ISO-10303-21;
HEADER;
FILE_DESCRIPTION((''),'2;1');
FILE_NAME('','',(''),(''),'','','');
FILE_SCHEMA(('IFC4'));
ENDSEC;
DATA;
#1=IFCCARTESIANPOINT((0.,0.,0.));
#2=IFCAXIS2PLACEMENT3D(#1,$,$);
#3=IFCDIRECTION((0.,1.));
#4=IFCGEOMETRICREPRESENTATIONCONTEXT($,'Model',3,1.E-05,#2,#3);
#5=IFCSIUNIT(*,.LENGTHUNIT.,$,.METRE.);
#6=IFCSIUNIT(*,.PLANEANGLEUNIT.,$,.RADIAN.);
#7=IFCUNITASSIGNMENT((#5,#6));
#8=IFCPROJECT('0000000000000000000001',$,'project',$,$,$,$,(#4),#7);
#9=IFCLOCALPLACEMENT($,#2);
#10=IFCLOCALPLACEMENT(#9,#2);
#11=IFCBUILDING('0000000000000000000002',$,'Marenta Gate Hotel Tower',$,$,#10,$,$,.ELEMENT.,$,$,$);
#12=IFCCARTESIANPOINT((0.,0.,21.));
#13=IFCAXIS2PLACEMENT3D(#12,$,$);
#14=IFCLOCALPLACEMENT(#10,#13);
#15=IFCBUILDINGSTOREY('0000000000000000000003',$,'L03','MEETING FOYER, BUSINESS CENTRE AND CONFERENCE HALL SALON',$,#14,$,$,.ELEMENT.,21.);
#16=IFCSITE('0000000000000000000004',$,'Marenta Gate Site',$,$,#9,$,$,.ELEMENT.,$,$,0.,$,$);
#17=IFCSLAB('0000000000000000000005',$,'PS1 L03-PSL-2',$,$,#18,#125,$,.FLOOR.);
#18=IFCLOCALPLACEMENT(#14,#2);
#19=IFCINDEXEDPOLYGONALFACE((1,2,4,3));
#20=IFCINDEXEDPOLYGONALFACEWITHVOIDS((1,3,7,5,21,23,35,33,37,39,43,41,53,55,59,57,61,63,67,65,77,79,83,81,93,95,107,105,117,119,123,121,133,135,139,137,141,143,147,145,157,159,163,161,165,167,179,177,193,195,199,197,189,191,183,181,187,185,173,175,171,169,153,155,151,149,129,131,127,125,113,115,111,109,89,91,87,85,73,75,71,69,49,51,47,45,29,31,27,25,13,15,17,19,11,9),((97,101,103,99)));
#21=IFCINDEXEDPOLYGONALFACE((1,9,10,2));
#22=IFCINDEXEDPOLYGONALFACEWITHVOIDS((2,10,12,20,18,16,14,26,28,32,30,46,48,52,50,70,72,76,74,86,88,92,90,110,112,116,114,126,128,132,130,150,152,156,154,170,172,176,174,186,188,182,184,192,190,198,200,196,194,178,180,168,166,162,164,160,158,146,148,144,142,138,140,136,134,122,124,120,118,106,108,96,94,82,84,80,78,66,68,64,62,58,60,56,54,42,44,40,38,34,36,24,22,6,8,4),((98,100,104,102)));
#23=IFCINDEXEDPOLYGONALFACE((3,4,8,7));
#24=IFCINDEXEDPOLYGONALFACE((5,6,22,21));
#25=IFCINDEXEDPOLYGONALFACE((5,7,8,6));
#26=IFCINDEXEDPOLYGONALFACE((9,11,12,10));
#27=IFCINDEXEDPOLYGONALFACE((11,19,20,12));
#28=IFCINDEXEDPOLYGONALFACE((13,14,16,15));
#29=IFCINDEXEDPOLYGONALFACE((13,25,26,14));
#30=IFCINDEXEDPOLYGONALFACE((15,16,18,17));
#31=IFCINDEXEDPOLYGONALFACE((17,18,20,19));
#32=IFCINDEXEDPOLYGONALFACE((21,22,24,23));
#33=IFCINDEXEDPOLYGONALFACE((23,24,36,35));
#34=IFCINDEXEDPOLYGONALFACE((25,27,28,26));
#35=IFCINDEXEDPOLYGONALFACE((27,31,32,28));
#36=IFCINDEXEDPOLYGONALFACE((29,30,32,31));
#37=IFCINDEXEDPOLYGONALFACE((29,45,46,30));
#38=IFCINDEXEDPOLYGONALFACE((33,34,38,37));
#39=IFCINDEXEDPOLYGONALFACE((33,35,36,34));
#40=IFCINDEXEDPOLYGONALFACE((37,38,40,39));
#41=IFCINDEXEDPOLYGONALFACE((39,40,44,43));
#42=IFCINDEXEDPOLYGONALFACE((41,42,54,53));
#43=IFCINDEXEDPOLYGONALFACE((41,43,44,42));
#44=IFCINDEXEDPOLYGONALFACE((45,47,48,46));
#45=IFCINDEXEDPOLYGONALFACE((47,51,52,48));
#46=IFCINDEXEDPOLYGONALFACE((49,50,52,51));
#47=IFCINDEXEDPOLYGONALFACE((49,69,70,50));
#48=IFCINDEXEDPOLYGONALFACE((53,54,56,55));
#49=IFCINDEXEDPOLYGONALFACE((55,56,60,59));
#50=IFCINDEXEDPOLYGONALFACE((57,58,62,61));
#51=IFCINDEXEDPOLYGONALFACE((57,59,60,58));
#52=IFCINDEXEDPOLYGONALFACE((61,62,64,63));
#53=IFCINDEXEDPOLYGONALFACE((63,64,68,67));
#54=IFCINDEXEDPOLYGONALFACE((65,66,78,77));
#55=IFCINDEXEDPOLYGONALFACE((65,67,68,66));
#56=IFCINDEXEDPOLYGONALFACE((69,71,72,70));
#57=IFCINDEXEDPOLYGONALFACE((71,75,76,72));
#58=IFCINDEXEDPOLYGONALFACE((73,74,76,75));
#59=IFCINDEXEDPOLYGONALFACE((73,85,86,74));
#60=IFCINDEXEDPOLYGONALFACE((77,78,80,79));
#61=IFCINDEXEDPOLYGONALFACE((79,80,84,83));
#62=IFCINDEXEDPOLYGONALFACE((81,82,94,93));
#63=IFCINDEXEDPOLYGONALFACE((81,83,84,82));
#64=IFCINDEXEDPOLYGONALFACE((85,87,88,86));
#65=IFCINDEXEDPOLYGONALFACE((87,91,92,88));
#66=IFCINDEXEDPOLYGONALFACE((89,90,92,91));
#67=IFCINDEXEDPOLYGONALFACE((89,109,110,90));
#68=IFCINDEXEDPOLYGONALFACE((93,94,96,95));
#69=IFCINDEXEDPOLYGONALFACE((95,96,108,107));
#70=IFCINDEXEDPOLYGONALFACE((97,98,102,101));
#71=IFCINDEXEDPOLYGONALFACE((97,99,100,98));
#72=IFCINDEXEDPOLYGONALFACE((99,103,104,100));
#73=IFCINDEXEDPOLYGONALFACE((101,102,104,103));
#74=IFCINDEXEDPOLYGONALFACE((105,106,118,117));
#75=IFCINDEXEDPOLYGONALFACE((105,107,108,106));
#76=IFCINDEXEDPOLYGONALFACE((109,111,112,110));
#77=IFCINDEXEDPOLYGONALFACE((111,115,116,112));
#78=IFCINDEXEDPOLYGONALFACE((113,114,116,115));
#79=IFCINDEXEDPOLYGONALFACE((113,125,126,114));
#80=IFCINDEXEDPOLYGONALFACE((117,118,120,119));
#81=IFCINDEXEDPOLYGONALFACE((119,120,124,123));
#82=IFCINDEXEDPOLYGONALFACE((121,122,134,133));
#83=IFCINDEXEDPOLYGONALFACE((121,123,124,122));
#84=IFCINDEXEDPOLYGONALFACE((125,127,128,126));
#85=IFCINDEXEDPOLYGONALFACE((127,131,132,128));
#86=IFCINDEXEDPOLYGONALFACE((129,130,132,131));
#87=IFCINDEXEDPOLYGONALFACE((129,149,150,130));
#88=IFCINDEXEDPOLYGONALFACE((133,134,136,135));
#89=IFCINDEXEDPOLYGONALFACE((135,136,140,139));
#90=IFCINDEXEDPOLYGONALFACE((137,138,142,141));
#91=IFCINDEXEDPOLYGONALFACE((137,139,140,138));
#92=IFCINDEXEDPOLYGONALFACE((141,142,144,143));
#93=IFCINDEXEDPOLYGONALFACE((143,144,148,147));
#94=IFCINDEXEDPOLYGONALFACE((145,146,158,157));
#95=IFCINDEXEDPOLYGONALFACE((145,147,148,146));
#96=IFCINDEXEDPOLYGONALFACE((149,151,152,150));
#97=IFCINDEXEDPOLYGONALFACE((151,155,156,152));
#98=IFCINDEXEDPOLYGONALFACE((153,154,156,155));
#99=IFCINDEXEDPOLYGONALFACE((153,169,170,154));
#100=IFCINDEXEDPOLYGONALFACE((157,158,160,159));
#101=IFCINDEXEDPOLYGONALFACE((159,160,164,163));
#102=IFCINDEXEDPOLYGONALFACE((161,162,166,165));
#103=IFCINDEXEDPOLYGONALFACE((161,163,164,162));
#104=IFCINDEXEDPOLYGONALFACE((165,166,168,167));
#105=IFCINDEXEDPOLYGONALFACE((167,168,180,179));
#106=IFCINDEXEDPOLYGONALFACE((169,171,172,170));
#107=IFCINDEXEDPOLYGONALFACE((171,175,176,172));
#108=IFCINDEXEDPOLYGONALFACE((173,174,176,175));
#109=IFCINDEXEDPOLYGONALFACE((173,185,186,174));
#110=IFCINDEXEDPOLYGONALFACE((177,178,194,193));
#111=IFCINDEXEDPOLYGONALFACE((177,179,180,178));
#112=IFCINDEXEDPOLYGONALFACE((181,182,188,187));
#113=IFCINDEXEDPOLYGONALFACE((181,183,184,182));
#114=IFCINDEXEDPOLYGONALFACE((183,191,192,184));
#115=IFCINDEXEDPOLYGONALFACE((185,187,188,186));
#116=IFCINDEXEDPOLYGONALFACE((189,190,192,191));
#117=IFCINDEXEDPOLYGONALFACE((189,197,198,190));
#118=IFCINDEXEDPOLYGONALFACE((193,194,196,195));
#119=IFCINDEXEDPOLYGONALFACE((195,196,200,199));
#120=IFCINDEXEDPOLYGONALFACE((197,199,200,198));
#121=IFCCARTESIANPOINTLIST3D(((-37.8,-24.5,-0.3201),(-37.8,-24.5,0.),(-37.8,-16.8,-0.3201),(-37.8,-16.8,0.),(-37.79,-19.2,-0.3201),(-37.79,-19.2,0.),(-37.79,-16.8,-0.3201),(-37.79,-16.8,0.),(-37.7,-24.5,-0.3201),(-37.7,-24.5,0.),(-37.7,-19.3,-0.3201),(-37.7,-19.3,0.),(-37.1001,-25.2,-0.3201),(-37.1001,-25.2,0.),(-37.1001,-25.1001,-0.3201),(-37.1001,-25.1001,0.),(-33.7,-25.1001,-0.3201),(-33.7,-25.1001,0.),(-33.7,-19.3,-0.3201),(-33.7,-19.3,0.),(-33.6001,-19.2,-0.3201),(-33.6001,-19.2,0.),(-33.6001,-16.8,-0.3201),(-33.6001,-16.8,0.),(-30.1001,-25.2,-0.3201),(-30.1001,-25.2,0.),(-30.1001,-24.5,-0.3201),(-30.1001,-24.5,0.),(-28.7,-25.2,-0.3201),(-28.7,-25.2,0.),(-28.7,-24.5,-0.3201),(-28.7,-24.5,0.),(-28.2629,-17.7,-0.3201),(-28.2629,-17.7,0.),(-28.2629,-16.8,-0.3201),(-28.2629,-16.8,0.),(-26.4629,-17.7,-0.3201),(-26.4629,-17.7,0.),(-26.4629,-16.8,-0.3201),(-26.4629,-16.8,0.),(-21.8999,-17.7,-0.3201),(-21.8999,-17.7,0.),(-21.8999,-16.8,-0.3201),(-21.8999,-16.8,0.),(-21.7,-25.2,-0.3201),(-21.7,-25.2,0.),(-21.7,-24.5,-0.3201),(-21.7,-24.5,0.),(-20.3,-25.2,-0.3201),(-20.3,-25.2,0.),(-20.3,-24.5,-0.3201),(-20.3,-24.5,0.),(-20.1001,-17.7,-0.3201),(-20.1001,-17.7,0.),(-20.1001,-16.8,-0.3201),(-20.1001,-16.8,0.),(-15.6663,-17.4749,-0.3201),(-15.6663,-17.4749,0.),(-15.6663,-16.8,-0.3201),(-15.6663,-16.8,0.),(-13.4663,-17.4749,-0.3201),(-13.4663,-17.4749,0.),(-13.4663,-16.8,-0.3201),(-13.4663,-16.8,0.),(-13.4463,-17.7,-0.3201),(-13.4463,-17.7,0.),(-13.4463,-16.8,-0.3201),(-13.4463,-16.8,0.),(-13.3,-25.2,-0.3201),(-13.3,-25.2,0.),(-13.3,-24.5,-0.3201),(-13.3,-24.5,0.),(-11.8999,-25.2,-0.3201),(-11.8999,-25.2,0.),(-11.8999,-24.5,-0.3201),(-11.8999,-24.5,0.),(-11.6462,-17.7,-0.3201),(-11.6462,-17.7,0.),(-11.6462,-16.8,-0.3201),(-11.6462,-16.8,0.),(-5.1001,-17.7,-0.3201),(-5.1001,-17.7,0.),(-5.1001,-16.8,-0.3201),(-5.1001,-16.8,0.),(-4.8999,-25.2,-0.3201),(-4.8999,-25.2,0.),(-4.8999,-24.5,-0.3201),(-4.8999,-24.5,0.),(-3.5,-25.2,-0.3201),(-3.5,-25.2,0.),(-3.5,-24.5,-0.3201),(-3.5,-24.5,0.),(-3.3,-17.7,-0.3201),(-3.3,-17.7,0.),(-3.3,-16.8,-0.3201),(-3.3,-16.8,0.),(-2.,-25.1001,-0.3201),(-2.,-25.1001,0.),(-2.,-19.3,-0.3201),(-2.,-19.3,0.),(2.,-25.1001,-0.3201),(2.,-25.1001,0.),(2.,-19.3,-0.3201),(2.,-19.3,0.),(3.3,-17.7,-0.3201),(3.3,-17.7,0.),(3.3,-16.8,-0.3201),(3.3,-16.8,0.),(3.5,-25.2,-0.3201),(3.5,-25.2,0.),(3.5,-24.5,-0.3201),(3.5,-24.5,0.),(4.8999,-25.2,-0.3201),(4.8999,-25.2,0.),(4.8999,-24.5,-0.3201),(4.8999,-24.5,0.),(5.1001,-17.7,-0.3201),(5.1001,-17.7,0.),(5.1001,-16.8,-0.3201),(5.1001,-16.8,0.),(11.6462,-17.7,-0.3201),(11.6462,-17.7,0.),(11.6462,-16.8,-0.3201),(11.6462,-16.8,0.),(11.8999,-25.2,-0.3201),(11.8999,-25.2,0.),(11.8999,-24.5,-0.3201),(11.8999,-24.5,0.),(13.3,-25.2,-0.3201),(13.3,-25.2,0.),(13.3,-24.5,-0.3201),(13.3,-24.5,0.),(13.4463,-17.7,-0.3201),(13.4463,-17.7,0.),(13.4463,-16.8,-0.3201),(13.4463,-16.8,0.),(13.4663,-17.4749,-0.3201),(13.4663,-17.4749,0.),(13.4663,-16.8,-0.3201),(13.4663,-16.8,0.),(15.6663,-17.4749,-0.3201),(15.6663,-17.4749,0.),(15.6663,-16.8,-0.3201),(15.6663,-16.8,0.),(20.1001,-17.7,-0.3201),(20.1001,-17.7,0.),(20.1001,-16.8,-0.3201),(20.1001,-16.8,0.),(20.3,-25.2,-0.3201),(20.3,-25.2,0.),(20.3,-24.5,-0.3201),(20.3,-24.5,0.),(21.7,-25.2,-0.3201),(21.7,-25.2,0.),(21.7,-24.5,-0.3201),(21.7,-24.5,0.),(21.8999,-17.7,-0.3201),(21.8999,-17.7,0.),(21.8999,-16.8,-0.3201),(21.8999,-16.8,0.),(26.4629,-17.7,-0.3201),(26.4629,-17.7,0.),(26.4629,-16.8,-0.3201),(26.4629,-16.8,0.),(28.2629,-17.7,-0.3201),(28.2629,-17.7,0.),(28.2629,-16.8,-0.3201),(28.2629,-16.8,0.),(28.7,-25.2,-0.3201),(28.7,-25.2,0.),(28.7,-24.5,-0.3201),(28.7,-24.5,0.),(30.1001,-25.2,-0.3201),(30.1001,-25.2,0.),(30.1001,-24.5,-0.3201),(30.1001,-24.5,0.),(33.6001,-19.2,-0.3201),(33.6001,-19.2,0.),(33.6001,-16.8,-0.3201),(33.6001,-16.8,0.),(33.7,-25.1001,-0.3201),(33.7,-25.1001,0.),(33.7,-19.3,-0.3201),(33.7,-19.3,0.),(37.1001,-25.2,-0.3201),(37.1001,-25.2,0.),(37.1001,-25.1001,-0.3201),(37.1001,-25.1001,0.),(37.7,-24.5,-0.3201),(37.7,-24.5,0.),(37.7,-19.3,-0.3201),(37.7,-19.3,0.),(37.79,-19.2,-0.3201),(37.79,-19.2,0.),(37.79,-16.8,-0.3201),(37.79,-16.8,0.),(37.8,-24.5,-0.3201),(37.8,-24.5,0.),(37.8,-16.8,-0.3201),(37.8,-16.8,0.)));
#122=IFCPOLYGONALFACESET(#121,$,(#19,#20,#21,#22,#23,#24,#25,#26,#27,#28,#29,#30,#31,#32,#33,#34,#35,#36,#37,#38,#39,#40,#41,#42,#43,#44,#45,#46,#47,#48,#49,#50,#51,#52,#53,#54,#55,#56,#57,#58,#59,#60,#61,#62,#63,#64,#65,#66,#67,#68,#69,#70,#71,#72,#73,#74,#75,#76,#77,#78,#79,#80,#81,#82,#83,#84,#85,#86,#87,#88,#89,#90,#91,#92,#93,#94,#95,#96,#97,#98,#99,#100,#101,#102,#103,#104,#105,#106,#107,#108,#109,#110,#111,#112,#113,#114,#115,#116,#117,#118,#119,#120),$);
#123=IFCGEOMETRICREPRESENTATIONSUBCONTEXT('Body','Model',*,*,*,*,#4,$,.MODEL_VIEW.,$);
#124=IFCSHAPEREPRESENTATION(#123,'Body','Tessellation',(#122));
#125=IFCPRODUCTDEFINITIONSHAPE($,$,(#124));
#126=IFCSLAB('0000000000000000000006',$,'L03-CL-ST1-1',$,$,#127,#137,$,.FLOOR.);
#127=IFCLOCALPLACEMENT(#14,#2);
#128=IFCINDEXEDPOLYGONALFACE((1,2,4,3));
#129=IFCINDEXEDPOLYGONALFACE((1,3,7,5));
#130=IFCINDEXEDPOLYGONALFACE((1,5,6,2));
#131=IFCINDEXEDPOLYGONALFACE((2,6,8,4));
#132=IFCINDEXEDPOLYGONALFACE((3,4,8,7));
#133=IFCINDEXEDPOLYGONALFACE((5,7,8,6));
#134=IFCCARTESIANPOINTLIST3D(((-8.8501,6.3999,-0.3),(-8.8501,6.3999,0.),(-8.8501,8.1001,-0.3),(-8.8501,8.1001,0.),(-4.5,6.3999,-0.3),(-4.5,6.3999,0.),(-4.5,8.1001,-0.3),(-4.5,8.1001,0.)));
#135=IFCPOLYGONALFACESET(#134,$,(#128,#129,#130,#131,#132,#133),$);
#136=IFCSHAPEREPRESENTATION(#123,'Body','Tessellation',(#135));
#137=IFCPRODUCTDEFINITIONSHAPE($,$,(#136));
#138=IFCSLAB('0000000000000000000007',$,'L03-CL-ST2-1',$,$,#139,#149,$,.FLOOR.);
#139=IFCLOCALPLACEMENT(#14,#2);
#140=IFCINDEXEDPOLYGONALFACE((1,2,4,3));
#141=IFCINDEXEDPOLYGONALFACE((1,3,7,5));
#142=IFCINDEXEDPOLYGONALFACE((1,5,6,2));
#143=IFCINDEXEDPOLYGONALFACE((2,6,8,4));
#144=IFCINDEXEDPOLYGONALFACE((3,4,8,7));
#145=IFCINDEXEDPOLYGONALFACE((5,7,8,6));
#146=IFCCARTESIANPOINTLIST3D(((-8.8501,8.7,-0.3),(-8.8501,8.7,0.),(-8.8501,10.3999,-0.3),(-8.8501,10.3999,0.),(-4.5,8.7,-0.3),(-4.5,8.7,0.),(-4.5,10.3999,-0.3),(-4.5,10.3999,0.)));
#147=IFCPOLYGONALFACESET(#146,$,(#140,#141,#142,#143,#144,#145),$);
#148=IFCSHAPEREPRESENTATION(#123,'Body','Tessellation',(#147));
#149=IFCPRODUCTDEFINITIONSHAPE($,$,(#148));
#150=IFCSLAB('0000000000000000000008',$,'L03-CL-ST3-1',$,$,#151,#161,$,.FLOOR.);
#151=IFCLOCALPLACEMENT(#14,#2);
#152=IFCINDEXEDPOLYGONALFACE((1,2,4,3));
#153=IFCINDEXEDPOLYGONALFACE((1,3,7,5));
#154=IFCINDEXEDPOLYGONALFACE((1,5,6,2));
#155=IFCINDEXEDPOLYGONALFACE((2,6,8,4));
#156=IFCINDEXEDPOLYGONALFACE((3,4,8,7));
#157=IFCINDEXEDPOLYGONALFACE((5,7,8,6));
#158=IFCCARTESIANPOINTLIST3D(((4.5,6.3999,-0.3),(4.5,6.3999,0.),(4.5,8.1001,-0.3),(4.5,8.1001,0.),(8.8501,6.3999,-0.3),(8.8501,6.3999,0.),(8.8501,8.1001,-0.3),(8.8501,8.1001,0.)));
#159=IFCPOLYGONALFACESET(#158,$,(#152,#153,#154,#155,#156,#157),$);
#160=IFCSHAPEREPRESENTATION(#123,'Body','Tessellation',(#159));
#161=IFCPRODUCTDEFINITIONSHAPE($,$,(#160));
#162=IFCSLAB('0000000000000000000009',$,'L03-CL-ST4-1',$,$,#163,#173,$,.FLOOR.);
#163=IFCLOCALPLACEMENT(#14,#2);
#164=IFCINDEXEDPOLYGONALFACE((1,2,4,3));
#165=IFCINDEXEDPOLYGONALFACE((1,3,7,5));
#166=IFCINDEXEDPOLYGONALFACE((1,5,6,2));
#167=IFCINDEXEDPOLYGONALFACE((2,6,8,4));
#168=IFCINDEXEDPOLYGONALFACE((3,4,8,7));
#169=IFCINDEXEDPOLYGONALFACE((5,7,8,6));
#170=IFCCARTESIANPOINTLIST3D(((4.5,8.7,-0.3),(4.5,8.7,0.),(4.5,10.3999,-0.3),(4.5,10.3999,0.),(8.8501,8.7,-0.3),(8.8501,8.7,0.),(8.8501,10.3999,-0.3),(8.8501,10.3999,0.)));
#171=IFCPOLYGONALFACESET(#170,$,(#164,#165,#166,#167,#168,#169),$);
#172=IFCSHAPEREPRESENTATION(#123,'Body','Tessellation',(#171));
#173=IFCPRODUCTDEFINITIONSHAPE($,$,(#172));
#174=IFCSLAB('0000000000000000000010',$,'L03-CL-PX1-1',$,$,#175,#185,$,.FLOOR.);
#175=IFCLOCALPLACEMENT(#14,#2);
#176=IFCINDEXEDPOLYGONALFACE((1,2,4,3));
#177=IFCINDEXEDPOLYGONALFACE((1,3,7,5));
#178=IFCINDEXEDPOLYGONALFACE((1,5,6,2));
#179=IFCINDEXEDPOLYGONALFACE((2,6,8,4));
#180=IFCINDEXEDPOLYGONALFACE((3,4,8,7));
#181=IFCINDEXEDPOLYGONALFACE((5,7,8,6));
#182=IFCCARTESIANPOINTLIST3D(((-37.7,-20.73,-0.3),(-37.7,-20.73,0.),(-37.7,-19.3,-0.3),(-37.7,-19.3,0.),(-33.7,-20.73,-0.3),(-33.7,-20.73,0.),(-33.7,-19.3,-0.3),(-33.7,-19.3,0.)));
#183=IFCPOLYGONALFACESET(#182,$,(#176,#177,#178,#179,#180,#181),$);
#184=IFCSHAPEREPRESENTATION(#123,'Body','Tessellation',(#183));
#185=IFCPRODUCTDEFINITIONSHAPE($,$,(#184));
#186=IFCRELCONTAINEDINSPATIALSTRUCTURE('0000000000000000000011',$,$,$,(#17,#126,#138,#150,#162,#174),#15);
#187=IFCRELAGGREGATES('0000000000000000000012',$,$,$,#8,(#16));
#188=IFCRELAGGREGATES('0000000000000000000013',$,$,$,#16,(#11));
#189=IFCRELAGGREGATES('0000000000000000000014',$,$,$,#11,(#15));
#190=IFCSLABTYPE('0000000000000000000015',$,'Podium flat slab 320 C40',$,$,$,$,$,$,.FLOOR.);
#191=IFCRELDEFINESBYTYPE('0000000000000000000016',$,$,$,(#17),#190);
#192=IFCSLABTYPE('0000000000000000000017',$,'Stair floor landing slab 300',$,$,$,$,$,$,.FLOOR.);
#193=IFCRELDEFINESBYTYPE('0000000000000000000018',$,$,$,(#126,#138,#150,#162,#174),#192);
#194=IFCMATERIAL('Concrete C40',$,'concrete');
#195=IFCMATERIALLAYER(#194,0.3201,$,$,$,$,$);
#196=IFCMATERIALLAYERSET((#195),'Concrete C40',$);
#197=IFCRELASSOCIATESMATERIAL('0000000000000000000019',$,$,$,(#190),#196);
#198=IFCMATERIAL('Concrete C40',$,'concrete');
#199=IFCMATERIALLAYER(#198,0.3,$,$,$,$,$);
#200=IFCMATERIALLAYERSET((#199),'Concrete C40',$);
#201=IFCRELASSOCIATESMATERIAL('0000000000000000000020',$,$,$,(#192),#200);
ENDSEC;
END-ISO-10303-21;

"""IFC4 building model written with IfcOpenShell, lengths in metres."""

from ifc_helpers import new_model, si_unit, direction, frame, origin, place, context, subcontext, project, spatial, polyline, outline, extrude, material, layer, layer_set, type_object, element, save


model = new_model("IFC4")

# Units and contexts
model_context = context("Model", 3, precision=1e-05, world=origin(), true_north=direction((0.0, 1.0)))
body_context = subcontext(model_context, "Body", "Model", "MODEL_VIEW")
ifc_project = project(units=[si_unit("LENGTHUNIT", "METRE"), si_unit("PLANEANGLEUNIT", "RADIAN")], contexts=[model_context])

# Site, building, storey
site_placement = place(None, origin())
site = spatial("IfcSite", under=ifc_project, at=site_placement, Name="Marenta Gate Site", CompositionType="ELEMENT", RefElevation=0.0)
building_placement = place(site_placement, origin())
building = spatial("IfcBuilding", under=site, at=building_placement, Name="Marenta Gate Hotel Tower", CompositionType="ELEMENT")
storey_placement = place(building_placement, frame((0.0, 0.0, 21.0)))
storey = spatial("IfcBuildingStorey", under=building, at=storey_placement, Name="L03", Description="MEETING FOYER, BUSINESS CENTRE AND CONFERENCE HALL SALON", CompositionType="ELEMENT", Elevation=21.0)

# Slabs
ifc_material_1 = material(Name="Concrete C40", Category="concrete")
ifc_layer_1 = layer(ifc_material_1, 0.3201)
ifc_layer_set_1 = layer_set([ifc_layer_1], Name="Concrete C40")
slab_type_1 = type_object("IfcSlabType", Name="Podium flat slab 320 C40", PredefinedType="FLOOR", material=ifc_layer_set_1)
slab_1_placement = place(storey_placement, frame((0.0, 0.0, -0.3201)))
element("IfcSlab", 1, at=slab_1_placement, inside=storey, type_object=slab_type_1, Name="PS1 L03-PSL-2", PredefinedType="FLOOR", context=body_context, shape_type="SweptSolid", body=[
    extrude(outline(polyline([(37.8, -24.5), (37.8, -16.8), (37.79, -16.8), (37.79, -19.2), (33.6001, -19.2), (33.6001, -16.8), (28.2629, -16.8), (28.2629, -17.7), (26.4629, -17.7), (26.4629, -16.8), (21.8999, -16.8), (21.8999, -17.7), (20.1001, -17.7), (20.1001, -16.8), (15.6663, -16.8), (15.6663, -17.4749), (13.4663, -17.4749), (13.4663, -16.8), (13.4463, -16.8), (13.4463, -17.7), (11.6462, -17.7), (11.6462, -16.8), (5.1001, -16.8), (5.1001, -17.7), (3.3, -17.7), (3.3, -16.8), (-3.3, -16.8), (-3.3, -17.7), (-5.1001, -17.7), (-5.1001, -16.8), (-11.6462, -16.8), (-11.6462, -17.7), (-13.4463, -17.7), (-13.4463, -16.8), (-13.4663, -16.8), (-13.4663, -17.4749), (-15.6663, -17.4749), (-15.6663, -16.8), (-20.1001, -16.8), (-20.1001, -17.7), (-21.8999, -17.7), (-21.8999, -16.8), (-26.4629, -16.8), (-26.4629, -17.7), (-28.2629, -17.7), (-28.2629, -16.8), (-33.6001, -16.8), (-33.6001, -19.2), (-37.79, -19.2), (-37.79, -16.8), (-37.8, -16.8), (-37.8, -24.5), (-37.7, -24.5), (-37.7, -19.3), (-33.7, -19.3), (-33.7, -25.1001), (-37.1001, -25.1001), (-37.1001, -25.2), (-30.1001, -25.2), (-30.1001, -24.5), (-28.7, -24.5), (-28.7, -25.2), (-21.7, -25.2), (-21.7, -24.5), (-20.3, -24.5), (-20.3, -25.2), (-13.3, -25.2), (-13.3, -24.5), (-11.8999, -24.5), (-11.8999, -25.2), (-4.8999, -25.2), (-4.8999, -24.5), (-3.5, -24.5), (-3.5, -25.2), (3.5, -25.2), (3.5, -24.5), (4.8999, -24.5), (4.8999, -25.2), (11.8999, -25.2), (11.8999, -24.5), (13.3, -24.5), (13.3, -25.2), (20.3, -25.2), (20.3, -24.5), (21.7, -24.5), (21.7, -25.2), (28.7, -25.2), (28.7, -24.5), (30.1001, -24.5), (30.1001, -25.2), (37.1001, -25.2), (37.1001, -25.1001), (33.7, -25.1001), (33.7, -19.3), (37.7, -19.3), (37.7, -24.5), (37.8, -24.5)]), holes=[polyline([(-2.0, -19.3), (2.0, -19.3), (2.0, -25.1001), (-2.0, -25.1001), (-2.0, -19.3)])]), origin(), (0.0, 0.0, 1.0), 0.3201),
])
ifc_material_2 = material(Name="Concrete C40", Category="concrete")
ifc_layer_2 = layer(ifc_material_2, 0.3)
ifc_layer_set_2 = layer_set([ifc_layer_2], Name="Concrete C40")
slab_type_2 = type_object("IfcSlabType", Name="Stair floor landing slab 300", PredefinedType="FLOOR", material=ifc_layer_set_2)
slab_2_placement = place(storey_placement, frame((0.0, 0.0, -0.3)))
element("IfcSlab", 2, at=slab_2_placement, inside=storey, type_object=slab_type_2, Name="L03-CL-ST1-1", PredefinedType="FLOOR", context=body_context, shape_type="SweptSolid", body=[
    extrude(outline(polyline([(-4.5, 6.3999), (-8.8501, 6.3999), (-8.8501, 8.1001), (-4.5, 8.1001), (-4.5, 6.3999)])), origin(), (0.0, 0.0, 1.0), 0.3),
])
slab_3_placement = place(storey_placement, frame((0.0, 0.0, -0.3)))
element("IfcSlab", 3, at=slab_3_placement, inside=storey, type_object=slab_type_2, Name="L03-CL-ST2-1", PredefinedType="FLOOR", context=body_context, shape_type="SweptSolid", body=[
    extrude(outline(polyline([(-4.5, 8.7), (-8.8501, 8.7), (-8.8501, 10.3999), (-4.5, 10.3999), (-4.5, 8.7)])), origin(), (0.0, 0.0, 1.0), 0.3),
])
slab_4_placement = place(storey_placement, frame((0.0, 0.0, -0.3)))
element("IfcSlab", 4, at=slab_4_placement, inside=storey, type_object=slab_type_2, Name="L03-CL-ST3-1", PredefinedType="FLOOR", context=body_context, shape_type="SweptSolid", body=[
    extrude(outline(polyline([(4.5, 6.3999), (4.5, 8.1001), (8.8501, 8.1001), (8.8501, 6.3999), (4.5, 6.3999)])), origin(), (0.0, 0.0, 1.0), 0.3),
])
slab_5_placement = place(storey_placement, frame((0.0, 0.0, -0.3)))
element("IfcSlab", 5, at=slab_5_placement, inside=storey, type_object=slab_type_2, Name="L03-CL-ST4-1", PredefinedType="FLOOR", context=body_context, shape_type="SweptSolid", body=[
    extrude(outline(polyline([(4.5, 8.7), (4.5, 10.3999), (8.8501, 10.3999), (8.8501, 8.7), (4.5, 8.7)])), origin(), (0.0, 0.0, 1.0), 0.3),
])
slab_6_placement = place(storey_placement, frame((0.0, 0.0, -0.3)))
element("IfcSlab", 6, at=slab_6_placement, inside=storey, type_object=slab_type_2, Name="L03-CL-PX1-1", PredefinedType="FLOOR", context=body_context, shape_type="SweptSolid", body=[
    extrude(outline(polyline([(-33.7, -20.73), (-37.7, -20.73), (-37.7, -19.3), (-33.7, -19.3), (-33.7, -20.73)])), origin(), (0.0, 0.0, 1.0), 0.3),
])

save(model, "model.ifc")
